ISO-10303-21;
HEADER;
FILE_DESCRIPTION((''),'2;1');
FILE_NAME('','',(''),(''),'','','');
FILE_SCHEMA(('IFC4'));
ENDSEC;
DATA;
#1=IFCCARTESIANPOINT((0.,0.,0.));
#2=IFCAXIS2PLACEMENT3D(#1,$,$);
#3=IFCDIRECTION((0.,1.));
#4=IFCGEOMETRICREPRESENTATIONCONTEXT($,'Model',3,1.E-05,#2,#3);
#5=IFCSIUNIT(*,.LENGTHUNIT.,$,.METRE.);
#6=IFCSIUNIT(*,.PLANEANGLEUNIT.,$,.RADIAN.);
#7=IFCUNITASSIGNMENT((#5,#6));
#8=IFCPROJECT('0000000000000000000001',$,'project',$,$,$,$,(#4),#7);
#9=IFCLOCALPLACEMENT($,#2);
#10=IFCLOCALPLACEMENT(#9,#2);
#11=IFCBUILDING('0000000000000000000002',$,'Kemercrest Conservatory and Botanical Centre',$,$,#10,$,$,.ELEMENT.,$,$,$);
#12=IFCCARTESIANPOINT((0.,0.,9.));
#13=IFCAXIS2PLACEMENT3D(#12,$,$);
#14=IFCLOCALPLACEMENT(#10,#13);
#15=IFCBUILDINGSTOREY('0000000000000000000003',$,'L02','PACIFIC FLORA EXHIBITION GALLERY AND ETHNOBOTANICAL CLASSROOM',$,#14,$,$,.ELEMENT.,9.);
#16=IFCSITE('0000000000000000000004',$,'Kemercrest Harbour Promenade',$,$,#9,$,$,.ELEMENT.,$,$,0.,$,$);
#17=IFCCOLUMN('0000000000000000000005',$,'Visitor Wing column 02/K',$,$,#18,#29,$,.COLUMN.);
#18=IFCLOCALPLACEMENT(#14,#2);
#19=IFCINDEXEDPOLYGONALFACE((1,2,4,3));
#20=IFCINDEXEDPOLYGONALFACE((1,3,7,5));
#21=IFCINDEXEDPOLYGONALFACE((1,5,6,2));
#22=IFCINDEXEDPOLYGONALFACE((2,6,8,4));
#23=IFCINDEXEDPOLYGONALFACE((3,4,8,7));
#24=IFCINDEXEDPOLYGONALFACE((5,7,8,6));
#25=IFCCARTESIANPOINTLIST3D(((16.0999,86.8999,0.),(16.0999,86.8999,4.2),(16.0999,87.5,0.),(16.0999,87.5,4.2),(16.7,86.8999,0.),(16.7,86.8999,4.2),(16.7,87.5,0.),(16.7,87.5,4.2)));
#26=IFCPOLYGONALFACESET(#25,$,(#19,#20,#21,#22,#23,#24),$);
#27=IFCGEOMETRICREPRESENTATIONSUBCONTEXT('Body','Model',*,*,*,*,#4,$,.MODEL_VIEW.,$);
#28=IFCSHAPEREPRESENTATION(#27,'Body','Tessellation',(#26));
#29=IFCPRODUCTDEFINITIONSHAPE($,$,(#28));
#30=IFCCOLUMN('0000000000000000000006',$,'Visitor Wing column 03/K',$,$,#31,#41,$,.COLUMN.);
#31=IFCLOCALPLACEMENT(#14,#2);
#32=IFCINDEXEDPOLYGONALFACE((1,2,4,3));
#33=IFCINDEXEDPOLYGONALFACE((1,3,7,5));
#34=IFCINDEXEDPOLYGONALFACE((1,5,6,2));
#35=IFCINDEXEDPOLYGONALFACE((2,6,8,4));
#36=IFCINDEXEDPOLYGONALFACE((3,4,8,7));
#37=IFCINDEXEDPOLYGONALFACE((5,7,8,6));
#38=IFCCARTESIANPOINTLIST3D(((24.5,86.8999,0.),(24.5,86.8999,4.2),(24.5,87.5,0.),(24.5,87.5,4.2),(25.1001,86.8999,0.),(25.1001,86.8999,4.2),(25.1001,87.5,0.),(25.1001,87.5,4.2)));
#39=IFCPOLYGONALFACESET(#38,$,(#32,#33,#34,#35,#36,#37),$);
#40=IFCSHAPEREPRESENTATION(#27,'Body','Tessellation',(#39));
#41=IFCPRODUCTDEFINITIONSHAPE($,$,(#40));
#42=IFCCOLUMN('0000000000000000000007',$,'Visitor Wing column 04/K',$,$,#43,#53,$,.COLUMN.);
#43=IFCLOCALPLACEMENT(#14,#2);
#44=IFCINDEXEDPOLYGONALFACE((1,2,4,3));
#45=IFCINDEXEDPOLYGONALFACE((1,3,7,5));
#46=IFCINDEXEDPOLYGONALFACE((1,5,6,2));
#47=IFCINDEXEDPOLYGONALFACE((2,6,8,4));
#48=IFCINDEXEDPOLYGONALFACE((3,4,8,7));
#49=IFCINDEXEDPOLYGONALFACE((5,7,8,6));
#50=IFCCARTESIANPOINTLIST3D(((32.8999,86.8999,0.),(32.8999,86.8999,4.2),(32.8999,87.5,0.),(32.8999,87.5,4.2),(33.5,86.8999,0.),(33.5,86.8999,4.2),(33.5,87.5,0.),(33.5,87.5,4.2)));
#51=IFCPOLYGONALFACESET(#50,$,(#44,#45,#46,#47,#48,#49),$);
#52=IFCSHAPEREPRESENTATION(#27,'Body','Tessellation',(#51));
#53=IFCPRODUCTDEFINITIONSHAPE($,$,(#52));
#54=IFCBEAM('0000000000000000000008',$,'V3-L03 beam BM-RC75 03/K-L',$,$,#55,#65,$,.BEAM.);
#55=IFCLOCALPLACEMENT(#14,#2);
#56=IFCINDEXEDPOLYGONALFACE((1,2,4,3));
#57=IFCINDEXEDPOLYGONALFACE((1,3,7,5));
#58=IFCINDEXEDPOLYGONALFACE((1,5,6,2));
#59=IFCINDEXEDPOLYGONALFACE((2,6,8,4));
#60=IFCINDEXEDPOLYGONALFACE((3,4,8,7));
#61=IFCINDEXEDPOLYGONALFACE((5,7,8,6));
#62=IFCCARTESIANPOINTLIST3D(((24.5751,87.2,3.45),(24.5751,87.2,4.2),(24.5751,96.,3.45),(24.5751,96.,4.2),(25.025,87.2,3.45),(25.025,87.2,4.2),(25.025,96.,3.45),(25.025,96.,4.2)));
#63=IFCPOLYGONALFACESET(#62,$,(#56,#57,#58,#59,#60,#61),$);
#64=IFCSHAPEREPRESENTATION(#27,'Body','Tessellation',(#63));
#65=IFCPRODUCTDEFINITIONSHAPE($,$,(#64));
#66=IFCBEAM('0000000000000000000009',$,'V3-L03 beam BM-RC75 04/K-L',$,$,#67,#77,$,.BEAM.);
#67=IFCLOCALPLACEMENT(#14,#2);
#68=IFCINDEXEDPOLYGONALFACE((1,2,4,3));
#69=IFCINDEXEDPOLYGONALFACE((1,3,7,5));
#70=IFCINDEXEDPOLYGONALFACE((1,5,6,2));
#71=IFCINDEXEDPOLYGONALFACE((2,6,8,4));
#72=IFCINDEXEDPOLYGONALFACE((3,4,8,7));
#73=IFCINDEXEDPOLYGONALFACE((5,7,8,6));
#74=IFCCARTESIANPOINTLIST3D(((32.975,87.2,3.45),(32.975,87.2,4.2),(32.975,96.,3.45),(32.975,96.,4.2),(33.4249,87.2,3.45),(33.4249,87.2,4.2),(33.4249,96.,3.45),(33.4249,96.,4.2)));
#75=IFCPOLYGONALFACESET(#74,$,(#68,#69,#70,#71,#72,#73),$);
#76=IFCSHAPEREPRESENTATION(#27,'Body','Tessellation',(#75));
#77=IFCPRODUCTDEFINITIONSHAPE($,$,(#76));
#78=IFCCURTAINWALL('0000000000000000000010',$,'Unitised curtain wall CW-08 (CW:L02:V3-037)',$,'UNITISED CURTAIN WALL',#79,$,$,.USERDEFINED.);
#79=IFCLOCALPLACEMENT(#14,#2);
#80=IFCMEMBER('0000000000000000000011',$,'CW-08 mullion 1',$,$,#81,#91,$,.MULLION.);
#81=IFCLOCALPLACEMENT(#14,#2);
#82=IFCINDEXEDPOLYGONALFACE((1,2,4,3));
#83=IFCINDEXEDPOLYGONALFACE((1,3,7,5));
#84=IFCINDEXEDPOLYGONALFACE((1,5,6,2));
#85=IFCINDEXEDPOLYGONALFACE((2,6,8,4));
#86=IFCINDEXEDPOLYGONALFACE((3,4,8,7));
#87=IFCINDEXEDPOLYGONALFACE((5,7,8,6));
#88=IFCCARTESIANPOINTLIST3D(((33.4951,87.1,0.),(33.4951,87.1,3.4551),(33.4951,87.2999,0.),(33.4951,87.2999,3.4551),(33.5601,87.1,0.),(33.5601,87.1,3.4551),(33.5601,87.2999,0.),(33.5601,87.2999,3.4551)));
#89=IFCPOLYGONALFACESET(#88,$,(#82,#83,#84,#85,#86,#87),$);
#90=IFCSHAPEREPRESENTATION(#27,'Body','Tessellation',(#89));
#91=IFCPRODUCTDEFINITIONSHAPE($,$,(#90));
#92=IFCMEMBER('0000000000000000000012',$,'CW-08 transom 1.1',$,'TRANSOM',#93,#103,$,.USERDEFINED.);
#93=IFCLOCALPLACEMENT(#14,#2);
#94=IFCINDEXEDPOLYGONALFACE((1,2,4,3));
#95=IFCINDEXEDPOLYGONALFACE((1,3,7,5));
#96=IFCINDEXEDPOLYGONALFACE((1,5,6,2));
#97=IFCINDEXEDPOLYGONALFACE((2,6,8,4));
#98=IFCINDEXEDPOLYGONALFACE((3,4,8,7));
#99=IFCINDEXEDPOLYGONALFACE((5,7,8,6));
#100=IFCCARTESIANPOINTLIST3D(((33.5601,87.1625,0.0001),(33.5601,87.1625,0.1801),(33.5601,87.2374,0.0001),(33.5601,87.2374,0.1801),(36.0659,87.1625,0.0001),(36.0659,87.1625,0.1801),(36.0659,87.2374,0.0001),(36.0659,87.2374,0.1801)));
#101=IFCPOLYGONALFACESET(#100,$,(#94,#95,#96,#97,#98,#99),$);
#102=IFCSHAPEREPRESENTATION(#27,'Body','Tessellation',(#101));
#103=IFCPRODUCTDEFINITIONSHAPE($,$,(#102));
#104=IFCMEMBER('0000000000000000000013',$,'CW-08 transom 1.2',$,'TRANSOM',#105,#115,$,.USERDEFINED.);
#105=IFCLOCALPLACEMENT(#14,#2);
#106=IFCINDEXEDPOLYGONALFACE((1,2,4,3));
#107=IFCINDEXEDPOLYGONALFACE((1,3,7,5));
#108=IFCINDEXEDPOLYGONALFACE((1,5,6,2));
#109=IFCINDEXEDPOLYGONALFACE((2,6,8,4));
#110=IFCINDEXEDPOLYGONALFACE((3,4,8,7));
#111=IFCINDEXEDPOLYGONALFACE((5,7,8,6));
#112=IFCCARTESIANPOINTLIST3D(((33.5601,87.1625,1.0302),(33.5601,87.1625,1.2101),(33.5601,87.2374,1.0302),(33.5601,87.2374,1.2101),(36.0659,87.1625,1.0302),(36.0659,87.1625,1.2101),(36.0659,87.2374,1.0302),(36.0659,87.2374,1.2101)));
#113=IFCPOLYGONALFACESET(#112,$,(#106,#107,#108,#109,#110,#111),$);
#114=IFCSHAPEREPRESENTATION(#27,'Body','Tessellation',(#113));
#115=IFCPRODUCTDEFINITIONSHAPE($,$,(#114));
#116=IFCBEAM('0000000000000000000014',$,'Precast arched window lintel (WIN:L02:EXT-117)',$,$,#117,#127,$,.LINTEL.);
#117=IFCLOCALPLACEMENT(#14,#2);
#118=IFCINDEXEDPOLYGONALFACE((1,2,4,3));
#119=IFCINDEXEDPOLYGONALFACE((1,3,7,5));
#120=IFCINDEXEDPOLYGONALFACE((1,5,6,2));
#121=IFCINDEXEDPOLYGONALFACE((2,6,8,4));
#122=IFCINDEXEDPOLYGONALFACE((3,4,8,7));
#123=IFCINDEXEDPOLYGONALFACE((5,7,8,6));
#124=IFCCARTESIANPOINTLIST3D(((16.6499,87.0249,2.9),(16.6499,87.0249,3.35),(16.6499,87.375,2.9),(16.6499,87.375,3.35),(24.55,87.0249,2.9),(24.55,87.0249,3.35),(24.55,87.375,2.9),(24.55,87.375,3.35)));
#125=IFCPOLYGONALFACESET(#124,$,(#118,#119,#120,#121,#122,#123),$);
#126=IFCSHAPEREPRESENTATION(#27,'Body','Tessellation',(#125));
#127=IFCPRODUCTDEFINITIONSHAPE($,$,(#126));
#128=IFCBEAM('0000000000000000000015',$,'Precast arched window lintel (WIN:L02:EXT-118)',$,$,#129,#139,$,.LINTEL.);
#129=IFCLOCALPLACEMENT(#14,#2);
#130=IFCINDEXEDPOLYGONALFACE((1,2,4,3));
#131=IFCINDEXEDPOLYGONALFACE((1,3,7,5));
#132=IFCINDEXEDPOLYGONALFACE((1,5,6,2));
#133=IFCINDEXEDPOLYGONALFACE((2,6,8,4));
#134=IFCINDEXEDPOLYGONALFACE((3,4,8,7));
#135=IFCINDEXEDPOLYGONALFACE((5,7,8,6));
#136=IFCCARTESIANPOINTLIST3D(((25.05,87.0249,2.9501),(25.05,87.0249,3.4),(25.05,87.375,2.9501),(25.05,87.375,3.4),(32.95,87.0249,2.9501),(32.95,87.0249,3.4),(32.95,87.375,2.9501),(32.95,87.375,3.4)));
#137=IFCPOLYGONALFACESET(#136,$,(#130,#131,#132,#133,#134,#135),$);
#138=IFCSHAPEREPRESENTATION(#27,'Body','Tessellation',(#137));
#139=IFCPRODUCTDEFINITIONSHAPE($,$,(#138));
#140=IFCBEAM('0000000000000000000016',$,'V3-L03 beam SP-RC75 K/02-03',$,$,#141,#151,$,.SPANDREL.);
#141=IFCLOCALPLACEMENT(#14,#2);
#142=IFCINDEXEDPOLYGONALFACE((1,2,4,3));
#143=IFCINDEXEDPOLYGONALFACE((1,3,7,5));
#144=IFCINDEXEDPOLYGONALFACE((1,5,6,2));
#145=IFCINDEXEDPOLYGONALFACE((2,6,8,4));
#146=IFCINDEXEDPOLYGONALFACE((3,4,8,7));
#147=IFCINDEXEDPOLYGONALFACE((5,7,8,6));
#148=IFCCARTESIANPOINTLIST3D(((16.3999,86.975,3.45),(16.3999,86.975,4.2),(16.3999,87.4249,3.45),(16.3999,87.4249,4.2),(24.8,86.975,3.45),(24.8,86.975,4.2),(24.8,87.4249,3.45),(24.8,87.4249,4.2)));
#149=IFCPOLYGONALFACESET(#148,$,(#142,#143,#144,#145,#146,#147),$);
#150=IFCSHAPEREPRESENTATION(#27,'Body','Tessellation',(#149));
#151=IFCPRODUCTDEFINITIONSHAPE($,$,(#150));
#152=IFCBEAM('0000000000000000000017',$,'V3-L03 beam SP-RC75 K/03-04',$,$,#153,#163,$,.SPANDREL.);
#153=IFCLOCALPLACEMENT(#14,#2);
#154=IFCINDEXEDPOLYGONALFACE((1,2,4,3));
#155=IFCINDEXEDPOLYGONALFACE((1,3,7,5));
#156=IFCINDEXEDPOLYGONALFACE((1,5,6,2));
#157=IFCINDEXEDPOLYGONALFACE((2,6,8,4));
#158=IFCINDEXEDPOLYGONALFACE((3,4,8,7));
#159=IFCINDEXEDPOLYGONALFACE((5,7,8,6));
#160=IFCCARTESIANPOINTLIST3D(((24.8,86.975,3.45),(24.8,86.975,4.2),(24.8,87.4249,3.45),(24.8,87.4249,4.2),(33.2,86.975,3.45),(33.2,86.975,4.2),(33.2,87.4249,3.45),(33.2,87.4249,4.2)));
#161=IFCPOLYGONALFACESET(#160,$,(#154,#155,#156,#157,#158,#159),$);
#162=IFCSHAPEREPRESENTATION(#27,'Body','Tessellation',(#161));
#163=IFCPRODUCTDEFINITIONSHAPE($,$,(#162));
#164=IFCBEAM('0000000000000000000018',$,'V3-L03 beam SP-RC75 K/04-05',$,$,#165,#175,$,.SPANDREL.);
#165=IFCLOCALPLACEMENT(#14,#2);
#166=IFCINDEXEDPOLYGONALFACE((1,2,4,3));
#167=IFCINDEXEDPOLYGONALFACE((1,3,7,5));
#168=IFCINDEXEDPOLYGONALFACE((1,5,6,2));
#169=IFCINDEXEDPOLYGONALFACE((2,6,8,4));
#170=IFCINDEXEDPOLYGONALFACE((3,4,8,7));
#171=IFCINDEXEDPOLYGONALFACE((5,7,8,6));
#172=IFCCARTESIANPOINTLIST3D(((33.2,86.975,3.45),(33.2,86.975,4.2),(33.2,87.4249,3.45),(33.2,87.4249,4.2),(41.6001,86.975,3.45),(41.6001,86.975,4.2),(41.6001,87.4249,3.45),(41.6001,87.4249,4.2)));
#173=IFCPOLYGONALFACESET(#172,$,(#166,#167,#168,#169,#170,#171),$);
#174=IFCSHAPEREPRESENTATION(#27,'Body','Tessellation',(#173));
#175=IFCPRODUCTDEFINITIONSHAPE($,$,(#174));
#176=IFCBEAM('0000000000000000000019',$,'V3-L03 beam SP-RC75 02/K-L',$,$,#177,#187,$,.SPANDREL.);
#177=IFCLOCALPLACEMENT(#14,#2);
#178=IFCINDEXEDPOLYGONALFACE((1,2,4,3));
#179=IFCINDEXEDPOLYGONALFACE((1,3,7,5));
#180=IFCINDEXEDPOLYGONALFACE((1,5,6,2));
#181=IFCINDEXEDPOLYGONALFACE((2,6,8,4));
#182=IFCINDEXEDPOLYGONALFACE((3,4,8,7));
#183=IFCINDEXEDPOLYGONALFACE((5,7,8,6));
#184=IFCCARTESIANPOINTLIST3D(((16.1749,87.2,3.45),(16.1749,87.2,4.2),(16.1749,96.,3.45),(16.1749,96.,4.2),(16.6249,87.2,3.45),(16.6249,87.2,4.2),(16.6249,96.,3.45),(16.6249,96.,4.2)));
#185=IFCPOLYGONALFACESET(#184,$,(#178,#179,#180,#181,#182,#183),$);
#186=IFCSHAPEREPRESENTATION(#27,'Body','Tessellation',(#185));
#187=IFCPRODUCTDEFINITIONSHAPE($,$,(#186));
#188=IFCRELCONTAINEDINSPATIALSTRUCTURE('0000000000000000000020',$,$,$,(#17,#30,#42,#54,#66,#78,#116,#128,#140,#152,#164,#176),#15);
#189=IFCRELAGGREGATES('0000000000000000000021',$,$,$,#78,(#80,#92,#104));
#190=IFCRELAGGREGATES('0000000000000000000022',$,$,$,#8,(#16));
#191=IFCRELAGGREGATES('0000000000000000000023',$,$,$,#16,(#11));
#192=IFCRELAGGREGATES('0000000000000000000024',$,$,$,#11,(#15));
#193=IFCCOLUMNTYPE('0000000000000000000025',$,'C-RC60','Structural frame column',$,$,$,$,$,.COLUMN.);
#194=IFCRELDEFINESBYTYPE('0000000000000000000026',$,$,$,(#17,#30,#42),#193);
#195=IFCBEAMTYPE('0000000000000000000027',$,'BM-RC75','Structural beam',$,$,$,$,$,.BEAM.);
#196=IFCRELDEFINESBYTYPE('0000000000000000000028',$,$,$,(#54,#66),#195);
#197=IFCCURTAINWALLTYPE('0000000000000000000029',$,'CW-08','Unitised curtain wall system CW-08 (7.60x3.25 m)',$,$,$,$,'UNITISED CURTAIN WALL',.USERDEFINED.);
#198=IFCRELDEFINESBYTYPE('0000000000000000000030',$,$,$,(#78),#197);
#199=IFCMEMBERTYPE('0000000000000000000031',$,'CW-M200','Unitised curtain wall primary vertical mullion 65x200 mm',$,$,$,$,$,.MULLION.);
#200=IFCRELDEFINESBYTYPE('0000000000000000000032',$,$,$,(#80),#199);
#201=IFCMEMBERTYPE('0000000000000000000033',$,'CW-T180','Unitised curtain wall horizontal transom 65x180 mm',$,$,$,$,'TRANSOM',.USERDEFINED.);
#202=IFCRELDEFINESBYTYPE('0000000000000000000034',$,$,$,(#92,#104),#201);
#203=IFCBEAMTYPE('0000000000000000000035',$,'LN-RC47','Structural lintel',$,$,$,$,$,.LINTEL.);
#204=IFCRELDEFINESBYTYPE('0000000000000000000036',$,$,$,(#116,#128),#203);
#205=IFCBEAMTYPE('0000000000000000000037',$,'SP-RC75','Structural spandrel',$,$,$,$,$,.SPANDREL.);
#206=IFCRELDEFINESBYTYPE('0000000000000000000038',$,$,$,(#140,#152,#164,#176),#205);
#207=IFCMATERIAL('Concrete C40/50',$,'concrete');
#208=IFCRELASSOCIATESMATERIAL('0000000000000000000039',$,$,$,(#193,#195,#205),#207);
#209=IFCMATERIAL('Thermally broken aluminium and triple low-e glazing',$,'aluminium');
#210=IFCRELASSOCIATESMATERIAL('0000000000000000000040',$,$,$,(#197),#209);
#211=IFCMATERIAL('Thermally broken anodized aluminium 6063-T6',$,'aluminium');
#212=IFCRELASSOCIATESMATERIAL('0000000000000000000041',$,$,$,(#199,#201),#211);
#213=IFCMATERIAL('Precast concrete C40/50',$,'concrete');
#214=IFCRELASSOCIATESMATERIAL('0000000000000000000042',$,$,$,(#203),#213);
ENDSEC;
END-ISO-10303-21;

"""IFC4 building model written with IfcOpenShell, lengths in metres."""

from ifc_helpers import new_model, si_unit, direction, frame, origin, origin_2d, place, context, subcontext, project, spatial, rectangle, extrude, material, material_profile, profile_set, type_object, element, aggregate, save


model = new_model("IFC4")

# Units and contexts
model_context = context("Model", 3, precision=1e-05, world=origin(), true_north=direction((0.0, 1.0)))
body_context = subcontext(model_context, "Body", "Model", "MODEL_VIEW")
ifc_project = project(units=[si_unit("LENGTHUNIT", "METRE"), si_unit("PLANEANGLEUNIT", "RADIAN")], contexts=[model_context])

# Site, building, storey
site_placement = place(None, origin())
site = spatial("IfcSite", under=ifc_project, at=site_placement, Name="Kemercrest Harbour Promenade", CompositionType="ELEMENT", RefElevation=0.0)
building_placement = place(site_placement, origin())
building = spatial("IfcBuilding", under=site, at=building_placement, Name="Kemercrest Conservatory and Botanical Centre", CompositionType="ELEMENT")
storey_placement = place(building_placement, frame((0.0, 0.0, 9.0)))
storey = spatial("IfcBuildingStorey", under=building, at=storey_placement, Name="L02", Description="PACIFIC FLORA EXHIBITION GALLERY AND ETHNOBOTANICAL CLASSROOM", CompositionType="ELEMENT", Elevation=9.0)

# Columns
ifc_material_1 = material(Name="Concrete C40/50", Category="concrete")
ifc_material_profile_1 = material_profile(ifc_material_1, rectangle(XDim=0.6001, YDim=0.6001, at=origin_2d()), Name="RC 600x600")
ifc_profile_set_1 = profile_set([ifc_material_profile_1], Name="Concrete C40/50")
column_type = type_object("IfcColumnType", Name="C-RC60", Description="Structural frame column", PredefinedType="COLUMN", material=ifc_profile_set_1)
for number, where, z_axis, x_axis, name in (
    (1, (16.3999, 87.2, 0.0), (0.0, 0.0, 1.0), (1.0, 0.0, 0.0), "Visitor Wing column 02/K"),
    (2, (24.8, 87.2, 0.0), (0.0, 0.0, 1.0), (1.0, 0.0, 0.0), "Visitor Wing column 03/K"),
    (3, (33.2, 87.2, 0.0), (0.0, 0.0, 1.0), (1.0, 0.0, 0.0), "Visitor Wing column 04/K"),
):
    element("IfcColumn", number, at=place(storey_placement, frame(where, z_axis=z_axis, x_axis=x_axis)), inside=storey, type_object=column_type, Name=name, PredefinedType="COLUMN", context=body_context, shape_type="SweptSolid", body=[
        extrude(rectangle(XDim=0.6001, YDim=0.6001, at=origin_2d()), origin(), (0.0, 0.0, 1.0), 4.2),
    ])

# Beams
ifc_material_profile_2 = material_profile(ifc_material_1, rectangle(XDim=0.45, YDim=0.75, at=origin_2d()), Name="RC 450x750")
ifc_profile_set_2 = profile_set([ifc_material_profile_2], Name="Concrete C40/50")
beam_type_1 = type_object("IfcBeamType", Name="BM-RC75", Description="Structural beam", PredefinedType="BEAM", material=ifc_profile_set_2)
for number, where, z_axis, x_axis, name in (
    (4, (24.8, 87.2, 3.825), (0.0, 1.0, 0.0), (-1.0, 0.0, 0.0), "V3-L03 beam BM-RC75 03/K-L"),
    (5, (33.2, 87.2, 3.825), (0.0, 1.0, 0.0), (-1.0, 0.0, 0.0), "V3-L03 beam BM-RC75 04/K-L"),
):
    element("IfcBeam", number, at=place(storey_placement, frame(where, z_axis=z_axis, x_axis=x_axis)), inside=storey, type_object=beam_type_1, Name=name, PredefinedType="BEAM", context=body_context, shape_type="SweptSolid", body=[
        extrude(rectangle(XDim=0.45, YDim=0.75, at=origin_2d()), origin(), (0.0, 0.0, 1.0), 8.8),
    ])

# Curtain wall, members
ifc_material_2 = material(Name="Thermally broken aluminium and triple low-e glazing", Category="aluminium")
curtain_wall_type = type_object("IfcCurtainWallType", Name="CW-08", Description="Unitised curtain wall system CW-08 (7.60x3.25 m)", ElementType="UNITISED CURTAIN WALL", PredefinedType="USERDEFINED", material=ifc_material_2)
curtain_wall_placement = place(storey_placement, origin())
curtain_wall = element("IfcCurtainWall", 6, at=curtain_wall_placement, inside=storey, type_object=curtain_wall_type, Name="Unitised curtain wall CW-08 (CW:L02:V3-037)", ObjectType="UNITISED CURTAIN WALL", PredefinedType="USERDEFINED")
ifc_material_3 = material(Name="Thermally broken anodized aluminium 6063-T6", Category="aluminium")
ifc_material_profile_3 = material_profile(ifc_material_3, rectangle(XDim=0.2, YDim=0.0649, at=origin_2d()), Name="AL MULLION 65x200")
ifc_profile_set_3 = profile_set([ifc_material_profile_3], Name="Thermally broken anodized aluminium 6063-T6")
member_type_1 = type_object("IfcMemberType", Name="CW-M200", Description="Unitised curtain wall primary vertical mullion 65x200 mm", PredefinedType="MULLION", material=ifc_profile_set_3)
member_1_placement = place(storey_placement, frame((33.5276, 87.2, 0.0), z_axis=(0.0, 0.0, 1.0), x_axis=(0.0, 1.0, 0.0)))
member_1 = element("IfcMember", 7, at=member_1_placement, type_object=member_type_1, Name="CW-08 mullion 1", PredefinedType="MULLION", context=body_context, shape_type="SweptSolid", body=[
    extrude(rectangle(XDim=0.2, YDim=0.0649, at=origin_2d()), origin(), (0.0, 0.0, 1.0), 3.4551),
])
ifc_material_profile_4 = material_profile(ifc_material_3, rectangle(XDim=0.075, YDim=0.1799, at=origin_2d()), Name="AL TRANSOM 75x180")
ifc_profile_set_4 = profile_set([ifc_material_profile_4], Name="Thermally broken anodized aluminium 6063-T6")
member_type_2 = type_object("IfcMemberType", Name="CW-T180", Description="Unitised curtain wall horizontal transom 65x180 mm", ElementType="TRANSOM", PredefinedType="USERDEFINED", material=ifc_profile_set_4)
member_2_placement = place(storey_placement, frame((33.5601, 87.2, 0.0901), z_axis=(1.0, 0.0, 0.0), x_axis=(0.0, 1.0, 0.0)))
member_2 = element("IfcMember", 8, at=member_2_placement, type_object=member_type_2, Name="CW-08 transom 1.1", ObjectType="TRANSOM", PredefinedType="USERDEFINED", context=body_context, shape_type="SweptSolid", body=[
    extrude(rectangle(XDim=0.075, YDim=0.1799, at=origin_2d()), origin(), (0.0, 0.0, 1.0), 2.5059),
])
member_3_placement = place(storey_placement, frame((33.5601, 87.2, 1.1201), z_axis=(1.0, 0.0, 0.0), x_axis=(0.0, 1.0, 0.0)))
member_3 = element("IfcMember", 9, at=member_3_placement, type_object=member_type_2, Name="CW-08 transom 1.2", ObjectType="TRANSOM", PredefinedType="USERDEFINED", context=body_context, shape_type="SweptSolid", body=[
    extrude(rectangle(XDim=0.075, YDim=0.1799, at=origin_2d()), origin(), (0.0, 0.0, 1.0), 2.5059),
])
aggregate(curtain_wall, [member_1, member_2, member_3])

# Beams
ifc_material_4 = material(Name="Precast concrete C40/50", Category="concrete")
ifc_material_profile_5 = material_profile(ifc_material_4, rectangle(XDim=0.3501, YDim=0.45, at=origin_2d()), Name="RC 350x450")
ifc_profile_set_5 = profile_set([ifc_material_profile_5], Name="Precast concrete C40/50")
beam_type_2 = type_object("IfcBeamType", Name="LN-RC47", Description="Structural lintel", PredefinedType="LINTEL", material=ifc_profile_set_5)
beam_1_placement = place(storey_placement, frame((16.6499, 87.2, 3.125), z_axis=(1.0, 0.0, 0.0), x_axis=(0.0, 1.0, 0.0)))
element("IfcBeam", 10, at=beam_1_placement, inside=storey, type_object=beam_type_2, Name="Precast arched window lintel (WIN:L02:EXT-117)", PredefinedType="LINTEL", context=body_context, shape_type="SweptSolid", body=[
    extrude(rectangle(XDim=0.3501, YDim=0.45, at=origin_2d()), origin(), (0.0, 0.0, 1.0), 7.9001),
])
beam_2_placement = place(storey_placement, frame((25.05, 87.2, 3.175), z_axis=(1.0, 0.0, 0.0), x_axis=(0.0, 1.0, 0.0)))
element("IfcBeam", 11, at=beam_2_placement, inside=storey, type_object=beam_type_2, Name="Precast arched window lintel (WIN:L02:EXT-118)", PredefinedType="LINTEL", context=body_context, shape_type="SweptSolid", body=[
    extrude(rectangle(XDim=0.3501, YDim=0.45, at=origin_2d()), origin(), (0.0, 0.0, 1.0), 7.8999),
])
ifc_material_profile_6 = material_profile(ifc_material_1, rectangle(XDim=0.45, YDim=0.75, at=origin_2d()), Name="RC 450x750")
ifc_profile_set_6 = profile_set([ifc_material_profile_6], Name="Concrete C40/50")
beam_type_3 = type_object("IfcBeamType", Name="SP-RC75", Description="Structural spandrel", PredefinedType="SPANDREL", material=ifc_profile_set_6)
beam_3_placement = place(storey_placement, frame((16.3999, 87.2, 3.825), z_axis=(1.0, 0.0, 0.0), x_axis=(0.0, 1.0, 0.0)))
element("IfcBeam", 12, at=beam_3_placement, inside=storey, type_object=beam_type_3, Name="V3-L03 beam SP-RC75 K/02-03", PredefinedType="SPANDREL", context=body_context, shape_type="SweptSolid", body=[
    extrude(rectangle(XDim=0.45, YDim=0.75, at=origin_2d()), origin(), (0.0, 0.0, 1.0), 8.4001),
])
beam_4_placement = place(storey_placement, frame((24.8, 87.2, 3.825), z_axis=(1.0, 0.0, 0.0), x_axis=(0.0, 1.0, 0.0)))
element("IfcBeam", 13, at=beam_4_placement, inside=storey, type_object=beam_type_3, Name="V3-L03 beam SP-RC75 K/03-04", PredefinedType="SPANDREL", context=body_context, shape_type="SweptSolid", body=[
    extrude(rectangle(XDim=0.45, YDim=0.75, at=origin_2d()), origin(), (0.0, 0.0, 1.0), 8.3999),
])
beam_5_placement = place(storey_placement, frame((33.2, 87.2, 3.825), z_axis=(1.0, 0.0, 0.0), x_axis=(0.0, 1.0, 0.0)))
element("IfcBeam", 14, at=beam_5_placement, inside=storey, type_object=beam_type_3, Name="V3-L03 beam SP-RC75 K/04-05", PredefinedType="SPANDREL", context=body_context, shape_type="SweptSolid", body=[
    extrude(rectangle(XDim=0.45, YDim=0.75, at=origin_2d()), origin(), (0.0, 0.0, 1.0), 8.4001),
])
beam_6_placement = place(storey_placement, frame((16.3999, 87.2, 3.825), z_axis=(0.0, 1.0, 0.0), x_axis=(-1.0, 0.0, 0.0)))
element("IfcBeam", 15, at=beam_6_placement, inside=storey, type_object=beam_type_3, Name="V3-L03 beam SP-RC75 02/K-L", PredefinedType="SPANDREL", context=body_context, shape_type="SweptSolid", body=[
    extrude(rectangle(XDim=0.45, YDim=0.75, at=origin_2d()), origin(), (0.0, 0.0, 1.0), 8.8),
])

save(model, "model.ifc")
